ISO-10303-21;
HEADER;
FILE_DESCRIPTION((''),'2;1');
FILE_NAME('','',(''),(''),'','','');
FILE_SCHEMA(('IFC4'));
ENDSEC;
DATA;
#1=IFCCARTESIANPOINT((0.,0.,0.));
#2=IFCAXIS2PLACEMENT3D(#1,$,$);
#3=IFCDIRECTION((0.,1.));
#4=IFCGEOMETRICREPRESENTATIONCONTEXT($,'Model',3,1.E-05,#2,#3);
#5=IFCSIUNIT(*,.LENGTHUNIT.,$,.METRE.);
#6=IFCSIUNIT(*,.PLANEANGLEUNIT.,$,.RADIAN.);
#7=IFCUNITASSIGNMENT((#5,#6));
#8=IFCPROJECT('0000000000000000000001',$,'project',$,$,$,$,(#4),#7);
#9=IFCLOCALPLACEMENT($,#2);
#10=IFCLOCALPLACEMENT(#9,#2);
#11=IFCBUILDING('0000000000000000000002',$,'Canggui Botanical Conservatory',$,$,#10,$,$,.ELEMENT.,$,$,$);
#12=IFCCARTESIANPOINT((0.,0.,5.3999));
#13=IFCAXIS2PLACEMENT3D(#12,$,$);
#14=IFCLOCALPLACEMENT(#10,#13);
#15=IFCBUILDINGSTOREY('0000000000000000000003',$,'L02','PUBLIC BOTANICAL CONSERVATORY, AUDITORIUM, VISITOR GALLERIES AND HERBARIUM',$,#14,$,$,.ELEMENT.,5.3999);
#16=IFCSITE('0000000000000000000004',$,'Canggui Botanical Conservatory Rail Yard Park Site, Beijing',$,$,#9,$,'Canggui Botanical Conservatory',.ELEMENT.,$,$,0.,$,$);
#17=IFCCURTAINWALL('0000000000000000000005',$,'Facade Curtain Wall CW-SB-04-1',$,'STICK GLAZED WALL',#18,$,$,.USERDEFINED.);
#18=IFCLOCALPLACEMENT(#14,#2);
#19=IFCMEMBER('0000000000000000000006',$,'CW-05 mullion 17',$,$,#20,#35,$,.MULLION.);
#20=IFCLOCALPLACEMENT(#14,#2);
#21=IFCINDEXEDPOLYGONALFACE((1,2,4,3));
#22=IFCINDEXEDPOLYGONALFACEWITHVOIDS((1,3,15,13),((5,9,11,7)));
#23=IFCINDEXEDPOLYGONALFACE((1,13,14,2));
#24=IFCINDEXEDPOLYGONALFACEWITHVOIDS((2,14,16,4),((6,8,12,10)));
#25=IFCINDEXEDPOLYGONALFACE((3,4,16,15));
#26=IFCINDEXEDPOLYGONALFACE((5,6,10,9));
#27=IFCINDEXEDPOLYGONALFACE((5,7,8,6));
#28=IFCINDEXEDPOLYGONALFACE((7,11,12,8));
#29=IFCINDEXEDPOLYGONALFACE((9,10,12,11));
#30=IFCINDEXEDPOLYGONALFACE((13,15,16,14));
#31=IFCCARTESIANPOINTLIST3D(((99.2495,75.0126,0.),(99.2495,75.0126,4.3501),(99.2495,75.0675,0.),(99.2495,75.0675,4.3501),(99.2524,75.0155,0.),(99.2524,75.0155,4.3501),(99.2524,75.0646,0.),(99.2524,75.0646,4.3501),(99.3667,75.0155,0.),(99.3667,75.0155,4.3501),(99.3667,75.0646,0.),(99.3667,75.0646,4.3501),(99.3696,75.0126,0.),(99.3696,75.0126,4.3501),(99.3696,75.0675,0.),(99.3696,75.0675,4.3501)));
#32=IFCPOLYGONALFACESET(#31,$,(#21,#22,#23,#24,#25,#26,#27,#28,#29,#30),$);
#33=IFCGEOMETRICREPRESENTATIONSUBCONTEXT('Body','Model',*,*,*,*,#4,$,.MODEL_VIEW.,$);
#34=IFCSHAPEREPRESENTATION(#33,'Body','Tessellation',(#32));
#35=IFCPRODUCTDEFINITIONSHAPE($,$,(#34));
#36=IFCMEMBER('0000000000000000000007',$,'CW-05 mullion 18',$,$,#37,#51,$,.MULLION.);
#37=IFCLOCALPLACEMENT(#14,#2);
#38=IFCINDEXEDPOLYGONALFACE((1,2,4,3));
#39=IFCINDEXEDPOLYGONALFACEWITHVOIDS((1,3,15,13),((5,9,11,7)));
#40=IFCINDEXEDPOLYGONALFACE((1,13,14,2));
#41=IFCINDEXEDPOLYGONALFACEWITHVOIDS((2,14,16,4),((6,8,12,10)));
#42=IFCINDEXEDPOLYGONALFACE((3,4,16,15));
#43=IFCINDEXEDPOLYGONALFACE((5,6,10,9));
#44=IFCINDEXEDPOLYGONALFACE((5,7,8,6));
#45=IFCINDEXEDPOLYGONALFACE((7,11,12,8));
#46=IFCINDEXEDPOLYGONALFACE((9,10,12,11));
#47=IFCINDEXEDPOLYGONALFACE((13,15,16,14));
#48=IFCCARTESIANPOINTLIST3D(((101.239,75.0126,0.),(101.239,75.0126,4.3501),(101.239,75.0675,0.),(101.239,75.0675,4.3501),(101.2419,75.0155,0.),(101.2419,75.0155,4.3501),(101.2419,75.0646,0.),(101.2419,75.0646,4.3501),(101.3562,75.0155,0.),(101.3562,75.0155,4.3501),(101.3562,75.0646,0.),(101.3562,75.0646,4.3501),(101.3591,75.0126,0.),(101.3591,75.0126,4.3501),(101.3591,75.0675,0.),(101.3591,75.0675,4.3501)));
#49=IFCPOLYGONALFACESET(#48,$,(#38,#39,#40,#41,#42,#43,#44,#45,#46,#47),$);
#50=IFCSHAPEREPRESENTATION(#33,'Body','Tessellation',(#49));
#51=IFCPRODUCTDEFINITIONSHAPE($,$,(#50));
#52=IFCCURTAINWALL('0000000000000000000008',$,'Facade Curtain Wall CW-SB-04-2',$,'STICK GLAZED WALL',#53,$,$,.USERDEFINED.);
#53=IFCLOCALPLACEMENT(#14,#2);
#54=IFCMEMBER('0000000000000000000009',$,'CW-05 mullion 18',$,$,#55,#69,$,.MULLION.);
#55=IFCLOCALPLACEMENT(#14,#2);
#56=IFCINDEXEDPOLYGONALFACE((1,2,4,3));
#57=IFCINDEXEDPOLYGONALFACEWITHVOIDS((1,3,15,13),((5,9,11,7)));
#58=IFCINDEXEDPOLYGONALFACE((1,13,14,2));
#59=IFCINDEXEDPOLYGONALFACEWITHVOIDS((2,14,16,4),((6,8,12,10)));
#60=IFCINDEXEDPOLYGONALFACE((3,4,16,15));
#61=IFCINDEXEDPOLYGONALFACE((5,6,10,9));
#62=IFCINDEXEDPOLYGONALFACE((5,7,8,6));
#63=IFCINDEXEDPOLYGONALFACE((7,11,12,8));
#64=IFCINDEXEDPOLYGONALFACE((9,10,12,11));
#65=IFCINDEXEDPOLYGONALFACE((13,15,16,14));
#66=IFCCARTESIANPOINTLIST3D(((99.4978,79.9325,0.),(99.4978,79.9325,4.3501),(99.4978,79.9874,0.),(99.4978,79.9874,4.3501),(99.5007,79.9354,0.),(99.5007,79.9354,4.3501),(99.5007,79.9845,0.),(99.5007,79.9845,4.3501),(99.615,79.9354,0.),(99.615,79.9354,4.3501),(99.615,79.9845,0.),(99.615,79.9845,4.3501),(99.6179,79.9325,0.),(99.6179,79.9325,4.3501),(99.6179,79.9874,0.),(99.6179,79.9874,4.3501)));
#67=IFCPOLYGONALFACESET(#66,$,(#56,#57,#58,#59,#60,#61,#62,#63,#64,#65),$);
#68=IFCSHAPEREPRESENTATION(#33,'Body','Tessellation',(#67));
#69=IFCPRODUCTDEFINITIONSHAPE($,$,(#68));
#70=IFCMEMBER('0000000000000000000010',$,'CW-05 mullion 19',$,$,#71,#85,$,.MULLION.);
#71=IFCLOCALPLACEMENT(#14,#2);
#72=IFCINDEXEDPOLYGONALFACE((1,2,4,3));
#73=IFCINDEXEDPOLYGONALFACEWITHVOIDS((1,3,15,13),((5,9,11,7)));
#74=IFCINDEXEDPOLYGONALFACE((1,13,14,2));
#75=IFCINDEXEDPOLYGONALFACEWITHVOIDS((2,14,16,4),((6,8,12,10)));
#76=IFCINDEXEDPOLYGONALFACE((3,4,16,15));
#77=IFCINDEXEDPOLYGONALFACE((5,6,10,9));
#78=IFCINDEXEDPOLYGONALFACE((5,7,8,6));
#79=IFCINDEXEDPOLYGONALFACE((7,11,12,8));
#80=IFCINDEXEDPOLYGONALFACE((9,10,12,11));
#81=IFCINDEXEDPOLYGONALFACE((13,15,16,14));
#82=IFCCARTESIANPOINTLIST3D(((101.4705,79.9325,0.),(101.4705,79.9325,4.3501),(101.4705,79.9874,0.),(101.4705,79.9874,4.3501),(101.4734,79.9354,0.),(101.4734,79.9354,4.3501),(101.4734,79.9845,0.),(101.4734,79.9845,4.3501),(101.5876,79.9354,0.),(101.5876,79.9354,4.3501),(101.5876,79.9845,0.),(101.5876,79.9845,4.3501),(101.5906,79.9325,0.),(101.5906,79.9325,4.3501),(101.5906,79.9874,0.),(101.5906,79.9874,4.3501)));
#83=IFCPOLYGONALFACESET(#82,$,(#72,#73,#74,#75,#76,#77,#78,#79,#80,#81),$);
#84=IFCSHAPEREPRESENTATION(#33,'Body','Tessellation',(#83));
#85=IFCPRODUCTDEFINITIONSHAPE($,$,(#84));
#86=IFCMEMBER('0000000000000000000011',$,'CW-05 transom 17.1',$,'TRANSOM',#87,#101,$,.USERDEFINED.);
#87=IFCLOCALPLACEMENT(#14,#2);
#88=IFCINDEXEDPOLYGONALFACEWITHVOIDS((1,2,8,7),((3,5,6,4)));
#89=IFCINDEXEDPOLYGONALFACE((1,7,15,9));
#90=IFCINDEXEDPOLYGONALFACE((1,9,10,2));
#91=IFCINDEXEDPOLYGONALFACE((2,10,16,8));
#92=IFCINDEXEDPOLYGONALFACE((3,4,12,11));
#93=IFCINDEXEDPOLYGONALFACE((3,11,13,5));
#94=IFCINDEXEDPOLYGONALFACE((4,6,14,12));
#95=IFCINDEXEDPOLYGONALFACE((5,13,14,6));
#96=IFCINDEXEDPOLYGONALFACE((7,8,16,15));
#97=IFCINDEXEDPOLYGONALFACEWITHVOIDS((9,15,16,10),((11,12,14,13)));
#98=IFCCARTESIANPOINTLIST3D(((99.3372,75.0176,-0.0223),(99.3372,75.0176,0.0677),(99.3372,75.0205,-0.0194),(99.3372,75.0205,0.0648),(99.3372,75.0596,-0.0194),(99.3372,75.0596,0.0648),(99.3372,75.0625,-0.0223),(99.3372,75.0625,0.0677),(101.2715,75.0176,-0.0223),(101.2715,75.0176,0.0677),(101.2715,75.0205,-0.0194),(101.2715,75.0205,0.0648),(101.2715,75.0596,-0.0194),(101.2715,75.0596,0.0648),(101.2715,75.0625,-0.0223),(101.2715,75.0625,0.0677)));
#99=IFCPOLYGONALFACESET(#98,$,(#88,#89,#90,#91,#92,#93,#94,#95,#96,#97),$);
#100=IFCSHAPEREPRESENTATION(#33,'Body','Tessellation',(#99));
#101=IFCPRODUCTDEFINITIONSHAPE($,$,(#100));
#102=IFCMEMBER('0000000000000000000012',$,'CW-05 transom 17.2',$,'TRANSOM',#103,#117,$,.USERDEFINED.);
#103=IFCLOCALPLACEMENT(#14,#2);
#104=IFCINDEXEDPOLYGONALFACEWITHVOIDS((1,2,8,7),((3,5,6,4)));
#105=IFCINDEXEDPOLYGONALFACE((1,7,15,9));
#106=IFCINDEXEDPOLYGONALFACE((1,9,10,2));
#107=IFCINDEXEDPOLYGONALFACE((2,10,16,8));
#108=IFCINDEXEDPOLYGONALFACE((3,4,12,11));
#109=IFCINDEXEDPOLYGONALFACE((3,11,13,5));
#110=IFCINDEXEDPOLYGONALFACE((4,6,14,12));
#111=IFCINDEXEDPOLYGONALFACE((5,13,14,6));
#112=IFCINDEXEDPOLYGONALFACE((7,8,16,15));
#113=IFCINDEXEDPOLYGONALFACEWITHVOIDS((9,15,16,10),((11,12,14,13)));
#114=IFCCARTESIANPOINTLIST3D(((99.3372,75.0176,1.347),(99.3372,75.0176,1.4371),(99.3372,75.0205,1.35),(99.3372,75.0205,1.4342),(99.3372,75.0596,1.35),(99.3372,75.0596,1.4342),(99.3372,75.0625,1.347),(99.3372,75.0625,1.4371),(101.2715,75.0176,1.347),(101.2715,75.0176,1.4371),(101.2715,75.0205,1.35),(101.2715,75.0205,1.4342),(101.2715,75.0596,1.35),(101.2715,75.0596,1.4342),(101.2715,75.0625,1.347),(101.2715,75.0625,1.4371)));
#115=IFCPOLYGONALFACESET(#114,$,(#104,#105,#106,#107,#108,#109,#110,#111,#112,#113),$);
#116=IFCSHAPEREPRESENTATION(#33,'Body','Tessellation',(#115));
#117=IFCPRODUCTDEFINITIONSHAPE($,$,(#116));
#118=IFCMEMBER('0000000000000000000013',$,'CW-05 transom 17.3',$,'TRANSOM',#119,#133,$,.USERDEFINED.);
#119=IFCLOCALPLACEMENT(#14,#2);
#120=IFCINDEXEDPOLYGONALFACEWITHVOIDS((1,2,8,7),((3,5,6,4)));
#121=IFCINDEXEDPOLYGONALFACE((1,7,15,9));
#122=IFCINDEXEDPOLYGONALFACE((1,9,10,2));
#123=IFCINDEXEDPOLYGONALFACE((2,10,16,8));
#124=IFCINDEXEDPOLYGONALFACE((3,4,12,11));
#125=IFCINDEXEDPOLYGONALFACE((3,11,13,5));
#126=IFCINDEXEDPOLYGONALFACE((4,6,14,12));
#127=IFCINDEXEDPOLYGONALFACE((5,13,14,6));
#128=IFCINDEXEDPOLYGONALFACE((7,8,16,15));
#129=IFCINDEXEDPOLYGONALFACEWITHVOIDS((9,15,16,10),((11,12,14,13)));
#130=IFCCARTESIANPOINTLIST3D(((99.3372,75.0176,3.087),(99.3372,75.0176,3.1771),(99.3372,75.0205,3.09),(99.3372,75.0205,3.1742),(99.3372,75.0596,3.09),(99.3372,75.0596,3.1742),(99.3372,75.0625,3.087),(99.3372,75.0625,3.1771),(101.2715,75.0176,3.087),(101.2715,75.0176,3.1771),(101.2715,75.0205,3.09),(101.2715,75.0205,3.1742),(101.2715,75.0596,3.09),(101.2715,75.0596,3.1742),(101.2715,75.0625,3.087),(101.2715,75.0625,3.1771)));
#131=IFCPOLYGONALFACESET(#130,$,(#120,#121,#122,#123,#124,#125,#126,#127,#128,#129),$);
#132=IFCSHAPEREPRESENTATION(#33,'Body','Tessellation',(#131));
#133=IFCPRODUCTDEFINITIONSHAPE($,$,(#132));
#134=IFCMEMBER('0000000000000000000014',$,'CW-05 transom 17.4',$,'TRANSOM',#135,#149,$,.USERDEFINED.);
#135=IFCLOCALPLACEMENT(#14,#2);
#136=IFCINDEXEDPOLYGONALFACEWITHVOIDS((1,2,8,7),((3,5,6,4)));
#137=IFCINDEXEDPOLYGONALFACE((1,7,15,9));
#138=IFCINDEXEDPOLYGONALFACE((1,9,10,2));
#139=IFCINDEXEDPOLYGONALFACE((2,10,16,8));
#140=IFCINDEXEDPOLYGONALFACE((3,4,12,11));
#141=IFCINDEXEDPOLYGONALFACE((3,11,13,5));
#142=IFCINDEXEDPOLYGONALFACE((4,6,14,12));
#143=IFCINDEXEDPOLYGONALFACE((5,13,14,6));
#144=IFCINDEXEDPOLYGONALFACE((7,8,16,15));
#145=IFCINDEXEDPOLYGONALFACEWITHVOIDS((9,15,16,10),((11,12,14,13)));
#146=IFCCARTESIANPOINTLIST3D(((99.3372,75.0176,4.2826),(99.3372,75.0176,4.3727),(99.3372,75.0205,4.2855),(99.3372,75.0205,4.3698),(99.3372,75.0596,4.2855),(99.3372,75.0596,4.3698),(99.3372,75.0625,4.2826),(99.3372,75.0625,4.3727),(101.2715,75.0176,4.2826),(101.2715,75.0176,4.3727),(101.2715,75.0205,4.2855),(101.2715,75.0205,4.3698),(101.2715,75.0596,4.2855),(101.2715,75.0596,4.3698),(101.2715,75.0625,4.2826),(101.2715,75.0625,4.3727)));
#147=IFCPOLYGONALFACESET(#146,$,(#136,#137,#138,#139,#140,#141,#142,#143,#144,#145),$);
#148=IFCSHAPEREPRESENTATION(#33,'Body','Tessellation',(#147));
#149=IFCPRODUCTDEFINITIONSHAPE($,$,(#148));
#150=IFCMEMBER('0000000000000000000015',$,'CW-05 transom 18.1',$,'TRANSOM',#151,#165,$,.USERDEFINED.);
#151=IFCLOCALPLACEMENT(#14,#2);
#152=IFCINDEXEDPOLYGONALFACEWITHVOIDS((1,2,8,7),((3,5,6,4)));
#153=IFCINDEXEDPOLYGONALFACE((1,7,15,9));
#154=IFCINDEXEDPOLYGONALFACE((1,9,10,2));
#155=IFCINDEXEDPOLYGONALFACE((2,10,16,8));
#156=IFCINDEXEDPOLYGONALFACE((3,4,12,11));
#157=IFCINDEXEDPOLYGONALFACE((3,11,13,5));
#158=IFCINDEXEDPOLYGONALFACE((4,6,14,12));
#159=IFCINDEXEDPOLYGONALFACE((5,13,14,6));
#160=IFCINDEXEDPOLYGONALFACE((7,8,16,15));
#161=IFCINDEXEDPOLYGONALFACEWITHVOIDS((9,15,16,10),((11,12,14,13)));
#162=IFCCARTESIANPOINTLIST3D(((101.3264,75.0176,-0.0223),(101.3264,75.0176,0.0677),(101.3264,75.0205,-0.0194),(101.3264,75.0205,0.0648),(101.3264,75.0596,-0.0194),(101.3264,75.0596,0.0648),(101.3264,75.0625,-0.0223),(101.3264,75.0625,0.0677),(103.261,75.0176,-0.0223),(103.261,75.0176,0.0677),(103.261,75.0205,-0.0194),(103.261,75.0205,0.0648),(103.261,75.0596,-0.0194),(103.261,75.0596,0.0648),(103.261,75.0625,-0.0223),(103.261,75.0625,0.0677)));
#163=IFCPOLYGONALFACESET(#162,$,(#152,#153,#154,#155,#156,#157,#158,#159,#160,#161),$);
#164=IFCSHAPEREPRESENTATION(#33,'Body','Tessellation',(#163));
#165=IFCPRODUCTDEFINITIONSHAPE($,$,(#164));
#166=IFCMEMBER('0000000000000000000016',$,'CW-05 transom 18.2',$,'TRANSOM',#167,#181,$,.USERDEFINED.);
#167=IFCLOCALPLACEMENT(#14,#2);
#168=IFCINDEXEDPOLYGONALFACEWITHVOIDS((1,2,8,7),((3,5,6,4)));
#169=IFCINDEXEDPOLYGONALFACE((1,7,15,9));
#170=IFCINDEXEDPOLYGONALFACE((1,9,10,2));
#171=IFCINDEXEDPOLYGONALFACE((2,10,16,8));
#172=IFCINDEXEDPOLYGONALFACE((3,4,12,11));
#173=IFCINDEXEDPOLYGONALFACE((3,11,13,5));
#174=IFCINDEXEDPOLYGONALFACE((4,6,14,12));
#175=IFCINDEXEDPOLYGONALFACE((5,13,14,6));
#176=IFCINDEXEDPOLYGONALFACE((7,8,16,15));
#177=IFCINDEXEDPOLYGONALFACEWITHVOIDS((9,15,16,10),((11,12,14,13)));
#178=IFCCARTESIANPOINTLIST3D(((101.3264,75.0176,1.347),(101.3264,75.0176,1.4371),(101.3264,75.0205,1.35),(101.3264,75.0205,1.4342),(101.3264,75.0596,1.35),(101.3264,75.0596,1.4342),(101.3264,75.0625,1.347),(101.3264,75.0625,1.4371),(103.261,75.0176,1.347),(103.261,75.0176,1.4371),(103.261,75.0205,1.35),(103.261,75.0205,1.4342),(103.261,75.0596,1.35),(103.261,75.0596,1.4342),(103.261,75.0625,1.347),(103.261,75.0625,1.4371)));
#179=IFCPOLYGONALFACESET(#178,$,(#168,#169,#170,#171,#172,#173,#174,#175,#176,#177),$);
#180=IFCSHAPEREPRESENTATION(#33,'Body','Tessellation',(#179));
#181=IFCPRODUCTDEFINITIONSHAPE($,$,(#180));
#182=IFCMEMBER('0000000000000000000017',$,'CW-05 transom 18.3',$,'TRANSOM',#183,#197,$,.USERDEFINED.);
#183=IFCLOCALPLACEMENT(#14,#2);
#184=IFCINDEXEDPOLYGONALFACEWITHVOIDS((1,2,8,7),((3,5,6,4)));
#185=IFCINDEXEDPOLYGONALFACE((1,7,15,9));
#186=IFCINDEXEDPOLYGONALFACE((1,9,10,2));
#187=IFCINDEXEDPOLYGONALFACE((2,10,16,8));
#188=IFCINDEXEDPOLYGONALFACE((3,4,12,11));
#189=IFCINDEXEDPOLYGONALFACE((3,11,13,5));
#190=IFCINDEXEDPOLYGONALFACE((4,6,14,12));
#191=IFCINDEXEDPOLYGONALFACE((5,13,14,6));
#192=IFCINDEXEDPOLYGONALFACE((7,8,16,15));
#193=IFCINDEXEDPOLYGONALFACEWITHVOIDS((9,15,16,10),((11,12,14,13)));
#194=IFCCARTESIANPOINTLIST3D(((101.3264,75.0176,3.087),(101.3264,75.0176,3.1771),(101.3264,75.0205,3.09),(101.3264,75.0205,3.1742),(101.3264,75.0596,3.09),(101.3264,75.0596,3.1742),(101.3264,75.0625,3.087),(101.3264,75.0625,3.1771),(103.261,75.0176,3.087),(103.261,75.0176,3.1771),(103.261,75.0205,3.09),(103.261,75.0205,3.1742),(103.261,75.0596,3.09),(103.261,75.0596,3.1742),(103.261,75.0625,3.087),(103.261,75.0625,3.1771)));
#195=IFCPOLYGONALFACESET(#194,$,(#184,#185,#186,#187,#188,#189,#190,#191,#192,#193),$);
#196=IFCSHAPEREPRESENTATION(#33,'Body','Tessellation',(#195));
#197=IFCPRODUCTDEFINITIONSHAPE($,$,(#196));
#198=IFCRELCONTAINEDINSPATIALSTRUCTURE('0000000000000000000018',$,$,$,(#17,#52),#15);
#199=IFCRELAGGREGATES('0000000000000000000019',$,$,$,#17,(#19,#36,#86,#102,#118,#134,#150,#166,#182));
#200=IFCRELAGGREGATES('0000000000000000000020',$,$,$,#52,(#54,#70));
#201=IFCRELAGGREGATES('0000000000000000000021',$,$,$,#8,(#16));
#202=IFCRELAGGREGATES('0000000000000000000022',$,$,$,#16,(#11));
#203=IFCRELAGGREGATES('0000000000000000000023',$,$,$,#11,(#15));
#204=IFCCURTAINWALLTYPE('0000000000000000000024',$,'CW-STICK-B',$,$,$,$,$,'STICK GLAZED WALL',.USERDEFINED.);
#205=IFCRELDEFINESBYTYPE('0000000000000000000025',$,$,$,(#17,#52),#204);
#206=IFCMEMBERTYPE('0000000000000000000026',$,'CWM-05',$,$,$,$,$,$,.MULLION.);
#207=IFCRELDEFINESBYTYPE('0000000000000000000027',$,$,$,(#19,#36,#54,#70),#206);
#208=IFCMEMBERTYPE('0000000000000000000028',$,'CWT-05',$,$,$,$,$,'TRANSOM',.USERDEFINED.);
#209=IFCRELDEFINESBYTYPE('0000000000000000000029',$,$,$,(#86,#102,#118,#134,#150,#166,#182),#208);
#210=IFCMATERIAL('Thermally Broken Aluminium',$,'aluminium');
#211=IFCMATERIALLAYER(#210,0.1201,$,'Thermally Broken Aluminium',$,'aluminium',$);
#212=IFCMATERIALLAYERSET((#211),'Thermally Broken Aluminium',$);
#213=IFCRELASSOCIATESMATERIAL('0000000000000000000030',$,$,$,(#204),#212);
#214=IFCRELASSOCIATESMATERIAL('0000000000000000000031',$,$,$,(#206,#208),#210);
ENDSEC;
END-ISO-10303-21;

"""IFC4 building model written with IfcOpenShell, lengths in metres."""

from ifc_helpers import new_model, si_unit, direction, frame, origin, origin_2d, place, context, subcontext, project, spatial, hollow_rectangle, extrude, material, layer, layer_set, material_profile, profile_set, type_object, element, aggregate, save


model = new_model("IFC4")

# Units and contexts
model_context = context("Model", 3, precision=1e-05, world=origin(), true_north=direction((0.0, 1.0)))
body_context = subcontext(model_context, "Body", "Model", "MODEL_VIEW")
ifc_project = project(units=[si_unit("LENGTHUNIT", "METRE"), si_unit("PLANEANGLEUNIT", "RADIAN")], contexts=[model_context])

# Site, building, storey
site_placement = place(None, origin())
site = spatial("IfcSite", under=ifc_project, at=site_placement, Name="Canggui Botanical Conservatory Rail Yard Park Site, Beijing", LongName="Canggui Botanical Conservatory", CompositionType="ELEMENT", RefElevation=0.0)
building_placement = place(site_placement, origin())
building = spatial("IfcBuilding", under=site, at=building_placement, Name="Canggui Botanical Conservatory", CompositionType="ELEMENT")
storey_placement = place(building_placement, frame((0.0, 0.0, 5.3999)))
storey = spatial("IfcBuildingStorey", under=building, at=storey_placement, Name="L02", Description="PUBLIC BOTANICAL CONSERVATORY, AUDITORIUM, VISITOR GALLERIES AND HERBARIUM", CompositionType="ELEMENT", Elevation=5.3999)

# Curtain walls, members
ifc_material_1 = material(Name="Thermally Broken Aluminium", Category="aluminium")
ifc_layer_1 = layer(ifc_material_1, 0.1201, Name="Thermally Broken Aluminium", Category="aluminium")
ifc_layer_set_1 = layer_set([ifc_layer_1], Name="Thermally Broken Aluminium")
curtain_wall_type = type_object("IfcCurtainWallType", Name="CW-STICK-B", ElementType="STICK GLAZED WALL", PredefinedType="USERDEFINED", material=ifc_layer_set_1)
curtain_wall_1_placement = place(storey_placement, origin())
curtain_wall_1 = element("IfcCurtainWall", 1, at=curtain_wall_1_placement, inside=storey, type_object=curtain_wall_type, Name="Facade Curtain Wall CW-SB-04-1", ObjectType="STICK GLAZED WALL", PredefinedType="USERDEFINED")
ifc_material_profile_1 = material_profile(ifc_material_1, hollow_rectangle(XDim=0.0549, YDim=0.1201, WallThickness=0.0029, at=origin_2d()), Name="CWM 55x120x3")
ifc_profile_set_1 = profile_set([ifc_material_profile_1], Name="Thermally Broken Aluminium")
member_type_1 = type_object("IfcMemberType", Name="CWM-05", PredefinedType="MULLION", material=ifc_profile_set_1)
member_1_placement = place(storey_placement, frame((99.3096, 75.04, 0.0), z_axis=(0.0, 0.0, 1.0), x_axis=(0.0, 1.0, 0.0)))
member_1 = element("IfcMember", 2, at=member_1_placement, type_object=member_type_1, Name="CW-05 mullion 17", PredefinedType="MULLION", context=body_context, shape_type="SweptSolid", body=[
    extrude(hollow_rectangle(XDim=0.0549, YDim=0.1201, WallThickness=0.0029, at=origin_2d()), origin(), (0.0, 0.0, 1.0), 4.3501),
])
member_2_placement = place(storey_placement, frame((101.2991, 75.04, 0.0), z_axis=(0.0, 0.0, 1.0), x_axis=(0.0, 1.0, 0.0)))
member_2 = element("IfcMember", 3, at=member_2_placement, type_object=member_type_1, Name="CW-05 mullion 18", PredefinedType="MULLION", context=body_context, shape_type="SweptSolid", body=[
    extrude(hollow_rectangle(XDim=0.0549, YDim=0.1201, WallThickness=0.0029, at=origin_2d()), origin(), (0.0, 0.0, 1.0), 4.3501),
])
curtain_wall_2_placement = place(storey_placement, origin())
curtain_wall_2 = element("IfcCurtainWall", 4, at=curtain_wall_2_placement, inside=storey, type_object=curtain_wall_type, Name="Facade Curtain Wall CW-SB-04-2", ObjectType="STICK GLAZED WALL", PredefinedType="USERDEFINED")
member_3_placement = place(storey_placement, frame((99.5579, 79.96, 0.0), z_axis=(0.0, 0.0, 1.0), x_axis=(0.0, 1.0, 0.0)))
member_3 = element("IfcMember", 5, at=member_3_placement, type_object=member_type_1, Name="CW-05 mullion 18", PredefinedType="MULLION", context=body_context, shape_type="SweptSolid", body=[
    extrude(hollow_rectangle(XDim=0.0549, YDim=0.1201, WallThickness=0.0029, at=origin_2d()), origin(), (0.0, 0.0, 1.0), 4.3501),
])
member_4_placement = place(storey_placement, frame((101.5305, 79.96, 0.0), z_axis=(0.0, 0.0, 1.0), x_axis=(0.0, 1.0, 0.0)))
member_4 = element("IfcMember", 6, at=member_4_placement, type_object=member_type_1, Name="CW-05 mullion 19", PredefinedType="MULLION", context=body_context, shape_type="SweptSolid", body=[
    extrude(hollow_rectangle(XDim=0.0549, YDim=0.1201, WallThickness=0.0029, at=origin_2d()), origin(), (0.0, 0.0, 1.0), 4.3501),
])

# Members
ifc_material_profile_2 = material_profile(ifc_material_1, hollow_rectangle(XDim=0.0449, YDim=0.0901, WallThickness=0.0029, at=origin_2d()), Name="CWT 45x90x3")
ifc_profile_set_2 = profile_set([ifc_material_profile_2], Name="Thermally Broken Aluminium")
member_type_2 = type_object("IfcMemberType", Name="CWT-05", ElementType="TRANSOM", PredefinedType="USERDEFINED", material=ifc_profile_set_2)
member_5_placement = place(storey_placement, frame((99.3372, 75.04, 0.0227), z_axis=(1.0, 0.0, 0.0), x_axis=(0.0, 1.0, 0.0)))
member_5 = element("IfcMember", 7, at=member_5_placement, type_object=member_type_2, Name="CW-05 transom 17.1", ObjectType="TRANSOM", PredefinedType="USERDEFINED", context=body_context, shape_type="SweptSolid", body=[
    extrude(hollow_rectangle(XDim=0.0449, YDim=0.0901, WallThickness=0.0029, at=origin_2d()), origin(), (0.0, 0.0, 1.0), 1.9343),
])
member_6_placement = place(storey_placement, frame((99.3372, 75.04, 1.3921), z_axis=(1.0, 0.0, 0.0), x_axis=(0.0, 1.0, 0.0)))
member_6 = element("IfcMember", 8, at=member_6_placement, type_object=member_type_2, Name="CW-05 transom 17.2", ObjectType="TRANSOM", PredefinedType="USERDEFINED", context=body_context, shape_type="SweptSolid", body=[
    extrude(hollow_rectangle(XDim=0.0449, YDim=0.0901, WallThickness=0.0029, at=origin_2d()), origin(), (0.0, 0.0, 1.0), 1.9343),
])
member_7_placement = place(storey_placement, frame((99.3372, 75.04, 3.1321), z_axis=(1.0, 0.0, 0.0), x_axis=(0.0, 1.0, 0.0)))
member_7 = element("IfcMember", 9, at=member_7_placement, type_object=member_type_2, Name="CW-05 transom 17.3", ObjectType="TRANSOM", PredefinedType="USERDEFINED", context=body_context, shape_type="SweptSolid", body=[
    extrude(hollow_rectangle(XDim=0.0449, YDim=0.0901, WallThickness=0.0029, at=origin_2d()), origin(), (0.0, 0.0, 1.0), 1.9343),
])
member_8_placement = place(storey_placement, frame((99.3372, 75.04, 4.3276), z_axis=(1.0, 0.0, 0.0), x_axis=(0.0, 1.0, 0.0)))
member_8 = element("IfcMember", 10, at=member_8_placement, type_object=member_type_2, Name="CW-05 transom 17.4", ObjectType="TRANSOM", PredefinedType="USERDEFINED", context=body_context, shape_type="SweptSolid", body=[
    extrude(hollow_rectangle(XDim=0.0449, YDim=0.0901, WallThickness=0.0029, at=origin_2d()), origin(), (0.0, 0.0, 1.0), 1.9343),
])
member_9_placement = place(storey_placement, frame((101.3264, 75.04, 0.0227), z_axis=(1.0, 0.0, 0.0), x_axis=(0.0, 1.0, 0.0)))
member_9 = element("IfcMember", 11, at=member_9_placement, type_object=member_type_2, Name="CW-05 transom 18.1", ObjectType="TRANSOM", PredefinedType="USERDEFINED", context=body_context, shape_type="SweptSolid", body=[
    extrude(hollow_rectangle(XDim=0.0449, YDim=0.0901, WallThickness=0.0029, at=origin_2d()), origin(), (0.0, 0.0, 1.0), 1.9346),
])
member_10_placement = place(storey_placement, frame((101.3264, 75.04, 1.3921), z_axis=(1.0, 0.0, 0.0), x_axis=(0.0, 1.0, 0.0)))
member_10 = element("IfcMember", 12, at=member_10_placement, type_object=member_type_2, Name="CW-05 transom 18.2", ObjectType="TRANSOM", PredefinedType="USERDEFINED", context=body_context, shape_type="SweptSolid", body=[
    extrude(hollow_rectangle(XDim=0.0449, YDim=0.0901, WallThickness=0.0029, at=origin_2d()), origin(), (0.0, 0.0, 1.0), 1.9346),
])
member_11_placement = place(storey_placement, frame((101.3264, 75.04, 3.1321), z_axis=(1.0, 0.0, 0.0), x_axis=(0.0, 1.0, 0.0)))
member_11 = element("IfcMember", 13, at=member_11_placement, type_object=member_type_2, Name="CW-05 transom 18.3", ObjectType="TRANSOM", PredefinedType="USERDEFINED", context=body_context, shape_type="SweptSolid", body=[
    extrude(hollow_rectangle(XDim=0.0449, YDim=0.0901, WallThickness=0.0029, at=origin_2d()), origin(), (0.0, 0.0, 1.0), 1.9346),
])

aggregate(curtain_wall_1, [member_1, member_2, member_5, member_6, member_7, member_8, member_9, member_10, member_11])
aggregate(curtain_wall_2, [member_3, member_4])

save(model, "model.ifc")
